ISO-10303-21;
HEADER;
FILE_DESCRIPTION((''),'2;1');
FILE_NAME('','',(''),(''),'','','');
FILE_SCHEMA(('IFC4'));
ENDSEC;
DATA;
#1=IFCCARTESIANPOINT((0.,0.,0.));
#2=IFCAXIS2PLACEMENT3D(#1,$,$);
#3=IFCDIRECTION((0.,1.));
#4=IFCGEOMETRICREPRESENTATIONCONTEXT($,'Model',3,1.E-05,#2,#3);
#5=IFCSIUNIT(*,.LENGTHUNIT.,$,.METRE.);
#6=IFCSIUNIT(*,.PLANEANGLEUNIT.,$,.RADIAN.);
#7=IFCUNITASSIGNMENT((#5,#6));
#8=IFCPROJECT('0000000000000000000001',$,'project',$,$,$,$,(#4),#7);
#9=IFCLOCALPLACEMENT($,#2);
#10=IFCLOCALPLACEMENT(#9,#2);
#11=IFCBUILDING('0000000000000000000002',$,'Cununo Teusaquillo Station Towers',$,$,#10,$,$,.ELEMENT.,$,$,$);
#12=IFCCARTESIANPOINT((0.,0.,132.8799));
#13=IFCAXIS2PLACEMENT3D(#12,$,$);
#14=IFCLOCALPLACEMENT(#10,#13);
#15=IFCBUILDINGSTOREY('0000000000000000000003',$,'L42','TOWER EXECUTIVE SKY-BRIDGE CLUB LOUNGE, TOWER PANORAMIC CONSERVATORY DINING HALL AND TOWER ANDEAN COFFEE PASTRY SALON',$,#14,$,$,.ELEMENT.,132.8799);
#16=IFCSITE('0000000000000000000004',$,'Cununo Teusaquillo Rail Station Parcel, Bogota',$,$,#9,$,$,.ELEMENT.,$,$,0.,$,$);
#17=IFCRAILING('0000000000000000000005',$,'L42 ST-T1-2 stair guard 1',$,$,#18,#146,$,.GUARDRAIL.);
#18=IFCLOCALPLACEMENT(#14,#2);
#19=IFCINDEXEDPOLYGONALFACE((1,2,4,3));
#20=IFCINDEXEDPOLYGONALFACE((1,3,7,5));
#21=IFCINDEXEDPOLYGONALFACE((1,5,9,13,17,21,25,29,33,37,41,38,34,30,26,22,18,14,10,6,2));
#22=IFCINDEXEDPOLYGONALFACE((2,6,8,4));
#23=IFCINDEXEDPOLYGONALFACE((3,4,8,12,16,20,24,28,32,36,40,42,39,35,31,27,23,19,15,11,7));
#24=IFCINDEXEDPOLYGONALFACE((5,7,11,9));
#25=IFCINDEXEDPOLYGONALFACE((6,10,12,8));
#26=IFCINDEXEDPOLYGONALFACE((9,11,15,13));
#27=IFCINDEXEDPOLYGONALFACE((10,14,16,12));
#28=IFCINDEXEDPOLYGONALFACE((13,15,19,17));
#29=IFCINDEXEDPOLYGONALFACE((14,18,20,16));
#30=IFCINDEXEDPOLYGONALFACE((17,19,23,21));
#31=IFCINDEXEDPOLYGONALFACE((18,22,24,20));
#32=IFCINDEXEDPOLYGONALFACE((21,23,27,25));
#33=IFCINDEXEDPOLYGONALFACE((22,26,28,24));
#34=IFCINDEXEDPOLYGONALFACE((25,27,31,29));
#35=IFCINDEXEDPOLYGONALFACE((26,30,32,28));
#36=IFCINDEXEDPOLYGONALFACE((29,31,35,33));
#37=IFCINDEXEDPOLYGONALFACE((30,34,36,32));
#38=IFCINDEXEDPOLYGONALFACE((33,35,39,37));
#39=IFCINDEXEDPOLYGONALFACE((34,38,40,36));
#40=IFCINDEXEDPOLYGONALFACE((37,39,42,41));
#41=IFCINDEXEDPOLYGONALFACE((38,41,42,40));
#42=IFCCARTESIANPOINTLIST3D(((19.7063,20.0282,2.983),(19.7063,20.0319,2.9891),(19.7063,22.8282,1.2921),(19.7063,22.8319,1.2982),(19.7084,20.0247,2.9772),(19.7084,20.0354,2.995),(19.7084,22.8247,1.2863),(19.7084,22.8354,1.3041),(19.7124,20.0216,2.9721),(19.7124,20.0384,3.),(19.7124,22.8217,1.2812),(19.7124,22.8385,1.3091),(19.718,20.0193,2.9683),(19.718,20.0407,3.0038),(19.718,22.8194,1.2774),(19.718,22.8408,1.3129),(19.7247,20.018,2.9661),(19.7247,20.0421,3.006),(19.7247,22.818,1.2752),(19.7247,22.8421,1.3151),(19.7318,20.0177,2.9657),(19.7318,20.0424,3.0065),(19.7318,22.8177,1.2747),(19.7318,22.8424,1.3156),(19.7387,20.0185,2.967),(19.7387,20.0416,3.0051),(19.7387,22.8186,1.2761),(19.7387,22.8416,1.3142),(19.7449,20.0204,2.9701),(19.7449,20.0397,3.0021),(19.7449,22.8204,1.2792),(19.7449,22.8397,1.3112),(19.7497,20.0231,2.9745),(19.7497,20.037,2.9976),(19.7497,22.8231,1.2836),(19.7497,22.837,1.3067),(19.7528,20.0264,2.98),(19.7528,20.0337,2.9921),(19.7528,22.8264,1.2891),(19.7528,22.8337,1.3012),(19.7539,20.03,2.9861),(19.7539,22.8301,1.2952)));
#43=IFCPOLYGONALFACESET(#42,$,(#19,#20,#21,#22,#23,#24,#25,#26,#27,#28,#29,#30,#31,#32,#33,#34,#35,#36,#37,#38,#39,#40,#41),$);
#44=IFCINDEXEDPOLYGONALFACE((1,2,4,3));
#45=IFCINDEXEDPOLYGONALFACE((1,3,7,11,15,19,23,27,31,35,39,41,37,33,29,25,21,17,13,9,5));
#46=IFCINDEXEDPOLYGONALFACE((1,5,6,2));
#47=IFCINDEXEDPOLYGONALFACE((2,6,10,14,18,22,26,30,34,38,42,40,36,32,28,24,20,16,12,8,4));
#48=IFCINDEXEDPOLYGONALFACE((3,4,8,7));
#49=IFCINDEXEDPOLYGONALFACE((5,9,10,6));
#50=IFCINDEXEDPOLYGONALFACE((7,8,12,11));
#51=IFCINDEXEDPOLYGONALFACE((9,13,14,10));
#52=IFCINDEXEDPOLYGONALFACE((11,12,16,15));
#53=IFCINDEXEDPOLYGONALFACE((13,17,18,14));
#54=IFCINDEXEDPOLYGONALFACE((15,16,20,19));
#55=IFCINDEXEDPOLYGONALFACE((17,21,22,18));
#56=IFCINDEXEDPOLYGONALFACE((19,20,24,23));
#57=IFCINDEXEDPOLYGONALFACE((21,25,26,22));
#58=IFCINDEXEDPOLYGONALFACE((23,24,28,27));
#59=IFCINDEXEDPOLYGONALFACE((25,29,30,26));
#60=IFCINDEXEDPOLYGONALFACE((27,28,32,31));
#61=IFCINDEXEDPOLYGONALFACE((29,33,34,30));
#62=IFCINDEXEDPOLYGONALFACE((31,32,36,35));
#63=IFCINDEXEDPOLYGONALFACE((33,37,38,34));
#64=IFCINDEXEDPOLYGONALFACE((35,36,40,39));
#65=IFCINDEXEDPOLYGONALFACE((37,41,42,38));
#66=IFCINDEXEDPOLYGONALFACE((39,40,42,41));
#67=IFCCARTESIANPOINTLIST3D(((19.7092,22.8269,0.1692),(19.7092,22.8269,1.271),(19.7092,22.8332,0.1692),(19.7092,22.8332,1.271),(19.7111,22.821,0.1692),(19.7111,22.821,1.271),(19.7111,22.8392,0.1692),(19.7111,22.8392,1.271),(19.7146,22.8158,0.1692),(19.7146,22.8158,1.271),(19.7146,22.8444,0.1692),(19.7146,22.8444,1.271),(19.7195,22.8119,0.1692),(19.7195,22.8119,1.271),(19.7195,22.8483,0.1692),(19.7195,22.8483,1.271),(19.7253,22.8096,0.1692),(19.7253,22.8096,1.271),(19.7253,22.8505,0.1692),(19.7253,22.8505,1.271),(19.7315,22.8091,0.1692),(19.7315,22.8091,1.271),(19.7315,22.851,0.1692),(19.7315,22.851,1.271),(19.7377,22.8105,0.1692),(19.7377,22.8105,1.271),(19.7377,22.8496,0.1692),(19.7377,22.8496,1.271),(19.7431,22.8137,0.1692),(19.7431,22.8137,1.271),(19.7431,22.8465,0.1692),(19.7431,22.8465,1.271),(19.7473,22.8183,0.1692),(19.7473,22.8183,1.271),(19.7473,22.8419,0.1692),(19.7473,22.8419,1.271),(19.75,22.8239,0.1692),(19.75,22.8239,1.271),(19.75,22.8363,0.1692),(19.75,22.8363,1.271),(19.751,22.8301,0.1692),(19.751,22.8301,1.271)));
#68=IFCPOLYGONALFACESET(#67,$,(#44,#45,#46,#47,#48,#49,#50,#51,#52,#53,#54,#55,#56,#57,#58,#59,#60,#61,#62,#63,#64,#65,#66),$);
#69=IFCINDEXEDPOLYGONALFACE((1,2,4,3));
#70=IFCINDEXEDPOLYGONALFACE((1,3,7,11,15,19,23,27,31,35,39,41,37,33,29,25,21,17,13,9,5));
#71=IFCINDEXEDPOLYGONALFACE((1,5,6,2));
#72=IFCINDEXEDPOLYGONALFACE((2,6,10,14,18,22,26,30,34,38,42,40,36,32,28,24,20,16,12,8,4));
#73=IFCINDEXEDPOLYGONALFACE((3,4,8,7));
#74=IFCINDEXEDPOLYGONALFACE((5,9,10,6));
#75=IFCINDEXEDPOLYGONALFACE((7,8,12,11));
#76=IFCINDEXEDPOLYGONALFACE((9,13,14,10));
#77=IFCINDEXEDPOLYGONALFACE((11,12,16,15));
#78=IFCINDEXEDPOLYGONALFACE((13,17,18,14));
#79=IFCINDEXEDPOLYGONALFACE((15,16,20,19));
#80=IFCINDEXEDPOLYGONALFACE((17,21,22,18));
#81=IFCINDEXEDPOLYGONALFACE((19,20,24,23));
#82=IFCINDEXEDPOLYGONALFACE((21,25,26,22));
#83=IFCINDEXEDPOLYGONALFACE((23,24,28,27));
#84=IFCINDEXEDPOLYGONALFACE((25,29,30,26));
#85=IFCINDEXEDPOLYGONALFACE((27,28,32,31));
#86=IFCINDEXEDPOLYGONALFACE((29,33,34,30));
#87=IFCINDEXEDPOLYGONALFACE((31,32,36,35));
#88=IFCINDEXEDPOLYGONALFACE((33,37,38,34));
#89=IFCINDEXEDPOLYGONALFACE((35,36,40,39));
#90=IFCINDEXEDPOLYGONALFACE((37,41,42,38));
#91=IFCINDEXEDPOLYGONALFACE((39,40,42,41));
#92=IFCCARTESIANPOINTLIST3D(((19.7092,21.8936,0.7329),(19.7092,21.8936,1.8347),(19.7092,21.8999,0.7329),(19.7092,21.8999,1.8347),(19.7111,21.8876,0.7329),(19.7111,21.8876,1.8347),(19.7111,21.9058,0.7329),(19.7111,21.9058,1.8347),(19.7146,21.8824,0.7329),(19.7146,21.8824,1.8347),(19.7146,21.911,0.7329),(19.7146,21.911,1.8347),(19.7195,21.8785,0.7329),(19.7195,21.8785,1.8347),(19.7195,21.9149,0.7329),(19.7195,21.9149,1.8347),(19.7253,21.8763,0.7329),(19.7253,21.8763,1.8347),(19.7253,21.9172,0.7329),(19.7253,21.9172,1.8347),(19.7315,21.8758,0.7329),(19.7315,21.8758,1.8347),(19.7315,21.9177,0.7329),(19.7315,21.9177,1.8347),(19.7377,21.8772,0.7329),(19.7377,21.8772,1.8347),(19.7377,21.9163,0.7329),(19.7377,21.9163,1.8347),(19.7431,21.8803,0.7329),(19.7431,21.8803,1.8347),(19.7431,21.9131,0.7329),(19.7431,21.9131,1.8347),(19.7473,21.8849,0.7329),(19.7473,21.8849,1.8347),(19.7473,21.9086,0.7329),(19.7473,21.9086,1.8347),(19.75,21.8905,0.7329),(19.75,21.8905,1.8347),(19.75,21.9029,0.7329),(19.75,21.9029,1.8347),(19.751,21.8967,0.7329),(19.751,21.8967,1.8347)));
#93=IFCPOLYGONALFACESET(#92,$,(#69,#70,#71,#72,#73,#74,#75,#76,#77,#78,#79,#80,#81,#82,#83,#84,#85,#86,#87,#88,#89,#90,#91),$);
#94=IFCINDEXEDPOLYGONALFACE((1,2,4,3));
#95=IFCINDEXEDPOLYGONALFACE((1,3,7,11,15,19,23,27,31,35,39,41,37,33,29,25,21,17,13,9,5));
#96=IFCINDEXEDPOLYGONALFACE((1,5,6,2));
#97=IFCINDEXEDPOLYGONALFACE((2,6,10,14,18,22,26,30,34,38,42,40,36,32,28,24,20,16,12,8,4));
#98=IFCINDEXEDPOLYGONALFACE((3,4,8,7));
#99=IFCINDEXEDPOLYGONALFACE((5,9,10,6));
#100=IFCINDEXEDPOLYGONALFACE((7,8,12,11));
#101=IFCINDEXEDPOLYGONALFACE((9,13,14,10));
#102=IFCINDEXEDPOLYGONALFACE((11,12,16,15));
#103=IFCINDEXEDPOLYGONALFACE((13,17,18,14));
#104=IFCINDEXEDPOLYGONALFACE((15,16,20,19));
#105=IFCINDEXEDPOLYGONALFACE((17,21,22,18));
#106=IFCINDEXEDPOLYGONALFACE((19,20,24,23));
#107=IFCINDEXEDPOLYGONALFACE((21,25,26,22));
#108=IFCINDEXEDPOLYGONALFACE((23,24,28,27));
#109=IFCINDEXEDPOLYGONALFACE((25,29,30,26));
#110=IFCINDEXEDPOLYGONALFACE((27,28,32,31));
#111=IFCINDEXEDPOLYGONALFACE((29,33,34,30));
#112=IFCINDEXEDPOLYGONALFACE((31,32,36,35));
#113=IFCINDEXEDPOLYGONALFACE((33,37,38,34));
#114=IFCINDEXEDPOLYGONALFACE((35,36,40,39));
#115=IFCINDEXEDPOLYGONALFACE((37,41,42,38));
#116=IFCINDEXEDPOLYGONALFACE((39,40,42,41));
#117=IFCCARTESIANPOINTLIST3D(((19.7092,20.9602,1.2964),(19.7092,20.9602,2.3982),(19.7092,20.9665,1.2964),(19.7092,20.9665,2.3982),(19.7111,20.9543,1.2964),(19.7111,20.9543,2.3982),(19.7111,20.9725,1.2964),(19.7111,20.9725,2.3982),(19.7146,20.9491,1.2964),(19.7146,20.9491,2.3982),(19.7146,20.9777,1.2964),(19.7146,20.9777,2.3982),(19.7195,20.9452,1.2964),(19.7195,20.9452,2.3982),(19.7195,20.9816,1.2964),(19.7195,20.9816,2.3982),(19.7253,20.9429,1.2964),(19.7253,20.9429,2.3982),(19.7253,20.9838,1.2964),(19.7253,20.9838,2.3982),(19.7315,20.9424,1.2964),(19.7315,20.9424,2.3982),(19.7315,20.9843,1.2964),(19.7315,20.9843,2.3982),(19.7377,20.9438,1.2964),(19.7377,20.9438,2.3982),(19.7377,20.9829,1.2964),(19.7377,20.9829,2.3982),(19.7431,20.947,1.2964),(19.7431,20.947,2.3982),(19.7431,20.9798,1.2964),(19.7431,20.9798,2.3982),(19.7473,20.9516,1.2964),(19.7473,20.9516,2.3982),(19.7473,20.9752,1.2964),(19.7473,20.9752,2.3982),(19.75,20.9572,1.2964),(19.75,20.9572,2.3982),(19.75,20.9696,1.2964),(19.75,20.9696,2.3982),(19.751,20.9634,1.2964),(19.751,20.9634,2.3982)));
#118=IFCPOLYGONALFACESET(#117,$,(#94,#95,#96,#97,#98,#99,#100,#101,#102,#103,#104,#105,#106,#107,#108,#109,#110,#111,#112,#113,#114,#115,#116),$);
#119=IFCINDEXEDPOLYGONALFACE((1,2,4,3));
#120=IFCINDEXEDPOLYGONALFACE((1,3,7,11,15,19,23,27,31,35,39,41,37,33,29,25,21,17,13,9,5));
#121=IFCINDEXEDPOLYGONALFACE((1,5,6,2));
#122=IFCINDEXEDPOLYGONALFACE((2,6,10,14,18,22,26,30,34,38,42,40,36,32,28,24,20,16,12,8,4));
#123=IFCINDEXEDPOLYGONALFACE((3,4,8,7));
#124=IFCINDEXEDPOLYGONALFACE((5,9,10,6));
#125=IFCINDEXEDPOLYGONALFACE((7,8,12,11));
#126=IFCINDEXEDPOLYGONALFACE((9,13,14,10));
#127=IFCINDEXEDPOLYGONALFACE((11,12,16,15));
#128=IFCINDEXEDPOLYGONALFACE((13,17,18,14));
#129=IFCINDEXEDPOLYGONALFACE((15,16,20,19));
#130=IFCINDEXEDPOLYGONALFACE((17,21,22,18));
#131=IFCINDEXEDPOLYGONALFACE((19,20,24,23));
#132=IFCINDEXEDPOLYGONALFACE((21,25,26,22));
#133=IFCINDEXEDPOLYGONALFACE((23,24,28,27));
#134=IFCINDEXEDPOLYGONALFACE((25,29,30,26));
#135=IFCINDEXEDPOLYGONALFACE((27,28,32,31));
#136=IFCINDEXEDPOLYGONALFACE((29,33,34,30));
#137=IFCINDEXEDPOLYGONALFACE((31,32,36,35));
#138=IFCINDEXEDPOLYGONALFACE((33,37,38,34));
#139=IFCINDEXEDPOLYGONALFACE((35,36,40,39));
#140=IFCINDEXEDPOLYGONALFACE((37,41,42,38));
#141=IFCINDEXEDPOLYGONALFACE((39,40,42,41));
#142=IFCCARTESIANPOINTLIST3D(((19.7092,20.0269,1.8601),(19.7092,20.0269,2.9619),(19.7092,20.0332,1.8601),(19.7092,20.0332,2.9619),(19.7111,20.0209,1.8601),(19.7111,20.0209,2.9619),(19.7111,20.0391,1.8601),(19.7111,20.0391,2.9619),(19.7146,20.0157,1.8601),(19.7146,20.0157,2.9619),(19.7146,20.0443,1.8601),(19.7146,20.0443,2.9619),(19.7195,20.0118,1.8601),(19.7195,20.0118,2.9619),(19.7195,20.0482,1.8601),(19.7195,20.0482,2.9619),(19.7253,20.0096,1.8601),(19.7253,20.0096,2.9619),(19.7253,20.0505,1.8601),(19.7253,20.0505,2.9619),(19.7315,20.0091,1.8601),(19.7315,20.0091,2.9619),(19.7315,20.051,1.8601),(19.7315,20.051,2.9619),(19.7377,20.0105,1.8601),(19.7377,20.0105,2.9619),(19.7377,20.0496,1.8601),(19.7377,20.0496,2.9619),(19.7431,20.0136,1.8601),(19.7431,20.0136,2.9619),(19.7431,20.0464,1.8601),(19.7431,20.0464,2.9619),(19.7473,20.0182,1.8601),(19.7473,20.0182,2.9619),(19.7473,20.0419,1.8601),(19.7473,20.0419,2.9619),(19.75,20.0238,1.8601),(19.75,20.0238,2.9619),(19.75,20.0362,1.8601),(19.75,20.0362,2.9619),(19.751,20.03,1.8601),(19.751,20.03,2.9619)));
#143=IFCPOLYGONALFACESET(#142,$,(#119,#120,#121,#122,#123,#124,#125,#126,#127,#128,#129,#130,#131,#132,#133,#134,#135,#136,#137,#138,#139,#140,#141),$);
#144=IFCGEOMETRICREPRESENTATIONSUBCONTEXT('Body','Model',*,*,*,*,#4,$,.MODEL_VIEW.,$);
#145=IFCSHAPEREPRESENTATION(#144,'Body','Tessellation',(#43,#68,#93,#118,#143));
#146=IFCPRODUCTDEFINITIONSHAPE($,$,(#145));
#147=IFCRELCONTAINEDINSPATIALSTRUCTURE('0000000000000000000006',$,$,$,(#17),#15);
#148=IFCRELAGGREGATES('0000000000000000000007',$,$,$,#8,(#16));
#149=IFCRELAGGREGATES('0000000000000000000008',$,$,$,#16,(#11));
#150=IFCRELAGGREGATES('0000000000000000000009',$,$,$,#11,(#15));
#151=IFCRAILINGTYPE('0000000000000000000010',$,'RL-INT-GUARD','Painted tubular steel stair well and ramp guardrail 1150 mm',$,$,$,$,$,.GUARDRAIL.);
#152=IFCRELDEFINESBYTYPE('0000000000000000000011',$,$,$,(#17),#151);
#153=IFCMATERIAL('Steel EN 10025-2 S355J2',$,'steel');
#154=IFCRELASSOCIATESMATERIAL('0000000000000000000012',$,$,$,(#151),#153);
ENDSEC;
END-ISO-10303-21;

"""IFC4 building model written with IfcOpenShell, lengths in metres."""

from ifc_helpers import new_model, si_unit, direction, frame, origin, origin_2d, place, context, subcontext, project, spatial, circle, extrude, material, type_object, element, save


model = new_model("IFC4")

# Units and contexts
model_context = context("Model", 3, precision=1e-05, world=origin(), true_north=direction((0.0, 1.0)))
body_context = subcontext(model_context, "Body", "Model", "MODEL_VIEW")
ifc_project = project(units=[si_unit("LENGTHUNIT", "METRE"), si_unit("PLANEANGLEUNIT", "RADIAN")], contexts=[model_context])

# Site, building, storey
site_placement = place(None, origin())
site = spatial("IfcSite", under=ifc_project, at=site_placement, Name="Cununo Teusaquillo Rail Station Parcel, Bogota", CompositionType="ELEMENT", RefElevation=0.0)
building_placement = place(site_placement, origin())
building = spatial("IfcBuilding", under=site, at=building_placement, Name="Cununo Teusaquillo Station Towers", CompositionType="ELEMENT")
storey_placement = place(building_placement, frame((0.0, 0.0, 132.8799)))
storey = spatial("IfcBuildingStorey", under=building, at=storey_placement, Name="L42", Description="TOWER EXECUTIVE SKY-BRIDGE CLUB LOUNGE, TOWER PANORAMIC CONSERVATORY DINING HALL AND TOWER ANDEAN COFFEE PASTRY SALON", CompositionType="ELEMENT", Elevation=132.8799)

# Railing
ifc_material_1 = material(Name="Steel EN 10025-2 S355J2", Category="steel")
railing_type_1 = type_object("IfcRailingType", Name="RL-INT-GUARD", Description="Painted tubular steel stair well and ramp guardrail 1150 mm", PredefinedType="GUARDRAIL", material=ifc_material_1)
railing_1_placement = place(storey_placement, frame((19.73, 22.8301, 0.1692)))
element("IfcRailing", 1, at=railing_1_placement, inside=storey, type_object=railing_type_1, Name="L42 ST-T1-2 stair guard 1", PredefinedType="GUARDRAIL", context=body_context, shape_type="SweptSolid", body=[
    extrude(circle(Radius=0.0239, at=origin_2d()), frame((0.0, 0.0, 1.126), z_axis=(0.0, -0.856021, 0.516941), x_axis=(1.0, 0.0, 0.0)), (0.0, 0.0, 1.0), 3.271),
    extrude(circle(Radius=0.021, at=origin_2d()), origin(), (0.0, 0.0, 1.0), 1.1018),
    extrude(circle(Radius=0.021, at=origin_2d()), frame((0.0, -0.9333, 0.5637)), (0.0, 0.0, 1.0), 1.1018),
    extrude(circle(Radius=0.021, at=origin_2d()), frame((0.0, -1.8667, 1.1272)), (0.0, 0.0, 1.0), 1.1018),
    extrude(circle(Radius=0.021, at=origin_2d()), frame((0.0, -2.8, 1.6909)), (0.0, 0.0, 1.0), 1.1018),
])

save(model, "model.ifc")
